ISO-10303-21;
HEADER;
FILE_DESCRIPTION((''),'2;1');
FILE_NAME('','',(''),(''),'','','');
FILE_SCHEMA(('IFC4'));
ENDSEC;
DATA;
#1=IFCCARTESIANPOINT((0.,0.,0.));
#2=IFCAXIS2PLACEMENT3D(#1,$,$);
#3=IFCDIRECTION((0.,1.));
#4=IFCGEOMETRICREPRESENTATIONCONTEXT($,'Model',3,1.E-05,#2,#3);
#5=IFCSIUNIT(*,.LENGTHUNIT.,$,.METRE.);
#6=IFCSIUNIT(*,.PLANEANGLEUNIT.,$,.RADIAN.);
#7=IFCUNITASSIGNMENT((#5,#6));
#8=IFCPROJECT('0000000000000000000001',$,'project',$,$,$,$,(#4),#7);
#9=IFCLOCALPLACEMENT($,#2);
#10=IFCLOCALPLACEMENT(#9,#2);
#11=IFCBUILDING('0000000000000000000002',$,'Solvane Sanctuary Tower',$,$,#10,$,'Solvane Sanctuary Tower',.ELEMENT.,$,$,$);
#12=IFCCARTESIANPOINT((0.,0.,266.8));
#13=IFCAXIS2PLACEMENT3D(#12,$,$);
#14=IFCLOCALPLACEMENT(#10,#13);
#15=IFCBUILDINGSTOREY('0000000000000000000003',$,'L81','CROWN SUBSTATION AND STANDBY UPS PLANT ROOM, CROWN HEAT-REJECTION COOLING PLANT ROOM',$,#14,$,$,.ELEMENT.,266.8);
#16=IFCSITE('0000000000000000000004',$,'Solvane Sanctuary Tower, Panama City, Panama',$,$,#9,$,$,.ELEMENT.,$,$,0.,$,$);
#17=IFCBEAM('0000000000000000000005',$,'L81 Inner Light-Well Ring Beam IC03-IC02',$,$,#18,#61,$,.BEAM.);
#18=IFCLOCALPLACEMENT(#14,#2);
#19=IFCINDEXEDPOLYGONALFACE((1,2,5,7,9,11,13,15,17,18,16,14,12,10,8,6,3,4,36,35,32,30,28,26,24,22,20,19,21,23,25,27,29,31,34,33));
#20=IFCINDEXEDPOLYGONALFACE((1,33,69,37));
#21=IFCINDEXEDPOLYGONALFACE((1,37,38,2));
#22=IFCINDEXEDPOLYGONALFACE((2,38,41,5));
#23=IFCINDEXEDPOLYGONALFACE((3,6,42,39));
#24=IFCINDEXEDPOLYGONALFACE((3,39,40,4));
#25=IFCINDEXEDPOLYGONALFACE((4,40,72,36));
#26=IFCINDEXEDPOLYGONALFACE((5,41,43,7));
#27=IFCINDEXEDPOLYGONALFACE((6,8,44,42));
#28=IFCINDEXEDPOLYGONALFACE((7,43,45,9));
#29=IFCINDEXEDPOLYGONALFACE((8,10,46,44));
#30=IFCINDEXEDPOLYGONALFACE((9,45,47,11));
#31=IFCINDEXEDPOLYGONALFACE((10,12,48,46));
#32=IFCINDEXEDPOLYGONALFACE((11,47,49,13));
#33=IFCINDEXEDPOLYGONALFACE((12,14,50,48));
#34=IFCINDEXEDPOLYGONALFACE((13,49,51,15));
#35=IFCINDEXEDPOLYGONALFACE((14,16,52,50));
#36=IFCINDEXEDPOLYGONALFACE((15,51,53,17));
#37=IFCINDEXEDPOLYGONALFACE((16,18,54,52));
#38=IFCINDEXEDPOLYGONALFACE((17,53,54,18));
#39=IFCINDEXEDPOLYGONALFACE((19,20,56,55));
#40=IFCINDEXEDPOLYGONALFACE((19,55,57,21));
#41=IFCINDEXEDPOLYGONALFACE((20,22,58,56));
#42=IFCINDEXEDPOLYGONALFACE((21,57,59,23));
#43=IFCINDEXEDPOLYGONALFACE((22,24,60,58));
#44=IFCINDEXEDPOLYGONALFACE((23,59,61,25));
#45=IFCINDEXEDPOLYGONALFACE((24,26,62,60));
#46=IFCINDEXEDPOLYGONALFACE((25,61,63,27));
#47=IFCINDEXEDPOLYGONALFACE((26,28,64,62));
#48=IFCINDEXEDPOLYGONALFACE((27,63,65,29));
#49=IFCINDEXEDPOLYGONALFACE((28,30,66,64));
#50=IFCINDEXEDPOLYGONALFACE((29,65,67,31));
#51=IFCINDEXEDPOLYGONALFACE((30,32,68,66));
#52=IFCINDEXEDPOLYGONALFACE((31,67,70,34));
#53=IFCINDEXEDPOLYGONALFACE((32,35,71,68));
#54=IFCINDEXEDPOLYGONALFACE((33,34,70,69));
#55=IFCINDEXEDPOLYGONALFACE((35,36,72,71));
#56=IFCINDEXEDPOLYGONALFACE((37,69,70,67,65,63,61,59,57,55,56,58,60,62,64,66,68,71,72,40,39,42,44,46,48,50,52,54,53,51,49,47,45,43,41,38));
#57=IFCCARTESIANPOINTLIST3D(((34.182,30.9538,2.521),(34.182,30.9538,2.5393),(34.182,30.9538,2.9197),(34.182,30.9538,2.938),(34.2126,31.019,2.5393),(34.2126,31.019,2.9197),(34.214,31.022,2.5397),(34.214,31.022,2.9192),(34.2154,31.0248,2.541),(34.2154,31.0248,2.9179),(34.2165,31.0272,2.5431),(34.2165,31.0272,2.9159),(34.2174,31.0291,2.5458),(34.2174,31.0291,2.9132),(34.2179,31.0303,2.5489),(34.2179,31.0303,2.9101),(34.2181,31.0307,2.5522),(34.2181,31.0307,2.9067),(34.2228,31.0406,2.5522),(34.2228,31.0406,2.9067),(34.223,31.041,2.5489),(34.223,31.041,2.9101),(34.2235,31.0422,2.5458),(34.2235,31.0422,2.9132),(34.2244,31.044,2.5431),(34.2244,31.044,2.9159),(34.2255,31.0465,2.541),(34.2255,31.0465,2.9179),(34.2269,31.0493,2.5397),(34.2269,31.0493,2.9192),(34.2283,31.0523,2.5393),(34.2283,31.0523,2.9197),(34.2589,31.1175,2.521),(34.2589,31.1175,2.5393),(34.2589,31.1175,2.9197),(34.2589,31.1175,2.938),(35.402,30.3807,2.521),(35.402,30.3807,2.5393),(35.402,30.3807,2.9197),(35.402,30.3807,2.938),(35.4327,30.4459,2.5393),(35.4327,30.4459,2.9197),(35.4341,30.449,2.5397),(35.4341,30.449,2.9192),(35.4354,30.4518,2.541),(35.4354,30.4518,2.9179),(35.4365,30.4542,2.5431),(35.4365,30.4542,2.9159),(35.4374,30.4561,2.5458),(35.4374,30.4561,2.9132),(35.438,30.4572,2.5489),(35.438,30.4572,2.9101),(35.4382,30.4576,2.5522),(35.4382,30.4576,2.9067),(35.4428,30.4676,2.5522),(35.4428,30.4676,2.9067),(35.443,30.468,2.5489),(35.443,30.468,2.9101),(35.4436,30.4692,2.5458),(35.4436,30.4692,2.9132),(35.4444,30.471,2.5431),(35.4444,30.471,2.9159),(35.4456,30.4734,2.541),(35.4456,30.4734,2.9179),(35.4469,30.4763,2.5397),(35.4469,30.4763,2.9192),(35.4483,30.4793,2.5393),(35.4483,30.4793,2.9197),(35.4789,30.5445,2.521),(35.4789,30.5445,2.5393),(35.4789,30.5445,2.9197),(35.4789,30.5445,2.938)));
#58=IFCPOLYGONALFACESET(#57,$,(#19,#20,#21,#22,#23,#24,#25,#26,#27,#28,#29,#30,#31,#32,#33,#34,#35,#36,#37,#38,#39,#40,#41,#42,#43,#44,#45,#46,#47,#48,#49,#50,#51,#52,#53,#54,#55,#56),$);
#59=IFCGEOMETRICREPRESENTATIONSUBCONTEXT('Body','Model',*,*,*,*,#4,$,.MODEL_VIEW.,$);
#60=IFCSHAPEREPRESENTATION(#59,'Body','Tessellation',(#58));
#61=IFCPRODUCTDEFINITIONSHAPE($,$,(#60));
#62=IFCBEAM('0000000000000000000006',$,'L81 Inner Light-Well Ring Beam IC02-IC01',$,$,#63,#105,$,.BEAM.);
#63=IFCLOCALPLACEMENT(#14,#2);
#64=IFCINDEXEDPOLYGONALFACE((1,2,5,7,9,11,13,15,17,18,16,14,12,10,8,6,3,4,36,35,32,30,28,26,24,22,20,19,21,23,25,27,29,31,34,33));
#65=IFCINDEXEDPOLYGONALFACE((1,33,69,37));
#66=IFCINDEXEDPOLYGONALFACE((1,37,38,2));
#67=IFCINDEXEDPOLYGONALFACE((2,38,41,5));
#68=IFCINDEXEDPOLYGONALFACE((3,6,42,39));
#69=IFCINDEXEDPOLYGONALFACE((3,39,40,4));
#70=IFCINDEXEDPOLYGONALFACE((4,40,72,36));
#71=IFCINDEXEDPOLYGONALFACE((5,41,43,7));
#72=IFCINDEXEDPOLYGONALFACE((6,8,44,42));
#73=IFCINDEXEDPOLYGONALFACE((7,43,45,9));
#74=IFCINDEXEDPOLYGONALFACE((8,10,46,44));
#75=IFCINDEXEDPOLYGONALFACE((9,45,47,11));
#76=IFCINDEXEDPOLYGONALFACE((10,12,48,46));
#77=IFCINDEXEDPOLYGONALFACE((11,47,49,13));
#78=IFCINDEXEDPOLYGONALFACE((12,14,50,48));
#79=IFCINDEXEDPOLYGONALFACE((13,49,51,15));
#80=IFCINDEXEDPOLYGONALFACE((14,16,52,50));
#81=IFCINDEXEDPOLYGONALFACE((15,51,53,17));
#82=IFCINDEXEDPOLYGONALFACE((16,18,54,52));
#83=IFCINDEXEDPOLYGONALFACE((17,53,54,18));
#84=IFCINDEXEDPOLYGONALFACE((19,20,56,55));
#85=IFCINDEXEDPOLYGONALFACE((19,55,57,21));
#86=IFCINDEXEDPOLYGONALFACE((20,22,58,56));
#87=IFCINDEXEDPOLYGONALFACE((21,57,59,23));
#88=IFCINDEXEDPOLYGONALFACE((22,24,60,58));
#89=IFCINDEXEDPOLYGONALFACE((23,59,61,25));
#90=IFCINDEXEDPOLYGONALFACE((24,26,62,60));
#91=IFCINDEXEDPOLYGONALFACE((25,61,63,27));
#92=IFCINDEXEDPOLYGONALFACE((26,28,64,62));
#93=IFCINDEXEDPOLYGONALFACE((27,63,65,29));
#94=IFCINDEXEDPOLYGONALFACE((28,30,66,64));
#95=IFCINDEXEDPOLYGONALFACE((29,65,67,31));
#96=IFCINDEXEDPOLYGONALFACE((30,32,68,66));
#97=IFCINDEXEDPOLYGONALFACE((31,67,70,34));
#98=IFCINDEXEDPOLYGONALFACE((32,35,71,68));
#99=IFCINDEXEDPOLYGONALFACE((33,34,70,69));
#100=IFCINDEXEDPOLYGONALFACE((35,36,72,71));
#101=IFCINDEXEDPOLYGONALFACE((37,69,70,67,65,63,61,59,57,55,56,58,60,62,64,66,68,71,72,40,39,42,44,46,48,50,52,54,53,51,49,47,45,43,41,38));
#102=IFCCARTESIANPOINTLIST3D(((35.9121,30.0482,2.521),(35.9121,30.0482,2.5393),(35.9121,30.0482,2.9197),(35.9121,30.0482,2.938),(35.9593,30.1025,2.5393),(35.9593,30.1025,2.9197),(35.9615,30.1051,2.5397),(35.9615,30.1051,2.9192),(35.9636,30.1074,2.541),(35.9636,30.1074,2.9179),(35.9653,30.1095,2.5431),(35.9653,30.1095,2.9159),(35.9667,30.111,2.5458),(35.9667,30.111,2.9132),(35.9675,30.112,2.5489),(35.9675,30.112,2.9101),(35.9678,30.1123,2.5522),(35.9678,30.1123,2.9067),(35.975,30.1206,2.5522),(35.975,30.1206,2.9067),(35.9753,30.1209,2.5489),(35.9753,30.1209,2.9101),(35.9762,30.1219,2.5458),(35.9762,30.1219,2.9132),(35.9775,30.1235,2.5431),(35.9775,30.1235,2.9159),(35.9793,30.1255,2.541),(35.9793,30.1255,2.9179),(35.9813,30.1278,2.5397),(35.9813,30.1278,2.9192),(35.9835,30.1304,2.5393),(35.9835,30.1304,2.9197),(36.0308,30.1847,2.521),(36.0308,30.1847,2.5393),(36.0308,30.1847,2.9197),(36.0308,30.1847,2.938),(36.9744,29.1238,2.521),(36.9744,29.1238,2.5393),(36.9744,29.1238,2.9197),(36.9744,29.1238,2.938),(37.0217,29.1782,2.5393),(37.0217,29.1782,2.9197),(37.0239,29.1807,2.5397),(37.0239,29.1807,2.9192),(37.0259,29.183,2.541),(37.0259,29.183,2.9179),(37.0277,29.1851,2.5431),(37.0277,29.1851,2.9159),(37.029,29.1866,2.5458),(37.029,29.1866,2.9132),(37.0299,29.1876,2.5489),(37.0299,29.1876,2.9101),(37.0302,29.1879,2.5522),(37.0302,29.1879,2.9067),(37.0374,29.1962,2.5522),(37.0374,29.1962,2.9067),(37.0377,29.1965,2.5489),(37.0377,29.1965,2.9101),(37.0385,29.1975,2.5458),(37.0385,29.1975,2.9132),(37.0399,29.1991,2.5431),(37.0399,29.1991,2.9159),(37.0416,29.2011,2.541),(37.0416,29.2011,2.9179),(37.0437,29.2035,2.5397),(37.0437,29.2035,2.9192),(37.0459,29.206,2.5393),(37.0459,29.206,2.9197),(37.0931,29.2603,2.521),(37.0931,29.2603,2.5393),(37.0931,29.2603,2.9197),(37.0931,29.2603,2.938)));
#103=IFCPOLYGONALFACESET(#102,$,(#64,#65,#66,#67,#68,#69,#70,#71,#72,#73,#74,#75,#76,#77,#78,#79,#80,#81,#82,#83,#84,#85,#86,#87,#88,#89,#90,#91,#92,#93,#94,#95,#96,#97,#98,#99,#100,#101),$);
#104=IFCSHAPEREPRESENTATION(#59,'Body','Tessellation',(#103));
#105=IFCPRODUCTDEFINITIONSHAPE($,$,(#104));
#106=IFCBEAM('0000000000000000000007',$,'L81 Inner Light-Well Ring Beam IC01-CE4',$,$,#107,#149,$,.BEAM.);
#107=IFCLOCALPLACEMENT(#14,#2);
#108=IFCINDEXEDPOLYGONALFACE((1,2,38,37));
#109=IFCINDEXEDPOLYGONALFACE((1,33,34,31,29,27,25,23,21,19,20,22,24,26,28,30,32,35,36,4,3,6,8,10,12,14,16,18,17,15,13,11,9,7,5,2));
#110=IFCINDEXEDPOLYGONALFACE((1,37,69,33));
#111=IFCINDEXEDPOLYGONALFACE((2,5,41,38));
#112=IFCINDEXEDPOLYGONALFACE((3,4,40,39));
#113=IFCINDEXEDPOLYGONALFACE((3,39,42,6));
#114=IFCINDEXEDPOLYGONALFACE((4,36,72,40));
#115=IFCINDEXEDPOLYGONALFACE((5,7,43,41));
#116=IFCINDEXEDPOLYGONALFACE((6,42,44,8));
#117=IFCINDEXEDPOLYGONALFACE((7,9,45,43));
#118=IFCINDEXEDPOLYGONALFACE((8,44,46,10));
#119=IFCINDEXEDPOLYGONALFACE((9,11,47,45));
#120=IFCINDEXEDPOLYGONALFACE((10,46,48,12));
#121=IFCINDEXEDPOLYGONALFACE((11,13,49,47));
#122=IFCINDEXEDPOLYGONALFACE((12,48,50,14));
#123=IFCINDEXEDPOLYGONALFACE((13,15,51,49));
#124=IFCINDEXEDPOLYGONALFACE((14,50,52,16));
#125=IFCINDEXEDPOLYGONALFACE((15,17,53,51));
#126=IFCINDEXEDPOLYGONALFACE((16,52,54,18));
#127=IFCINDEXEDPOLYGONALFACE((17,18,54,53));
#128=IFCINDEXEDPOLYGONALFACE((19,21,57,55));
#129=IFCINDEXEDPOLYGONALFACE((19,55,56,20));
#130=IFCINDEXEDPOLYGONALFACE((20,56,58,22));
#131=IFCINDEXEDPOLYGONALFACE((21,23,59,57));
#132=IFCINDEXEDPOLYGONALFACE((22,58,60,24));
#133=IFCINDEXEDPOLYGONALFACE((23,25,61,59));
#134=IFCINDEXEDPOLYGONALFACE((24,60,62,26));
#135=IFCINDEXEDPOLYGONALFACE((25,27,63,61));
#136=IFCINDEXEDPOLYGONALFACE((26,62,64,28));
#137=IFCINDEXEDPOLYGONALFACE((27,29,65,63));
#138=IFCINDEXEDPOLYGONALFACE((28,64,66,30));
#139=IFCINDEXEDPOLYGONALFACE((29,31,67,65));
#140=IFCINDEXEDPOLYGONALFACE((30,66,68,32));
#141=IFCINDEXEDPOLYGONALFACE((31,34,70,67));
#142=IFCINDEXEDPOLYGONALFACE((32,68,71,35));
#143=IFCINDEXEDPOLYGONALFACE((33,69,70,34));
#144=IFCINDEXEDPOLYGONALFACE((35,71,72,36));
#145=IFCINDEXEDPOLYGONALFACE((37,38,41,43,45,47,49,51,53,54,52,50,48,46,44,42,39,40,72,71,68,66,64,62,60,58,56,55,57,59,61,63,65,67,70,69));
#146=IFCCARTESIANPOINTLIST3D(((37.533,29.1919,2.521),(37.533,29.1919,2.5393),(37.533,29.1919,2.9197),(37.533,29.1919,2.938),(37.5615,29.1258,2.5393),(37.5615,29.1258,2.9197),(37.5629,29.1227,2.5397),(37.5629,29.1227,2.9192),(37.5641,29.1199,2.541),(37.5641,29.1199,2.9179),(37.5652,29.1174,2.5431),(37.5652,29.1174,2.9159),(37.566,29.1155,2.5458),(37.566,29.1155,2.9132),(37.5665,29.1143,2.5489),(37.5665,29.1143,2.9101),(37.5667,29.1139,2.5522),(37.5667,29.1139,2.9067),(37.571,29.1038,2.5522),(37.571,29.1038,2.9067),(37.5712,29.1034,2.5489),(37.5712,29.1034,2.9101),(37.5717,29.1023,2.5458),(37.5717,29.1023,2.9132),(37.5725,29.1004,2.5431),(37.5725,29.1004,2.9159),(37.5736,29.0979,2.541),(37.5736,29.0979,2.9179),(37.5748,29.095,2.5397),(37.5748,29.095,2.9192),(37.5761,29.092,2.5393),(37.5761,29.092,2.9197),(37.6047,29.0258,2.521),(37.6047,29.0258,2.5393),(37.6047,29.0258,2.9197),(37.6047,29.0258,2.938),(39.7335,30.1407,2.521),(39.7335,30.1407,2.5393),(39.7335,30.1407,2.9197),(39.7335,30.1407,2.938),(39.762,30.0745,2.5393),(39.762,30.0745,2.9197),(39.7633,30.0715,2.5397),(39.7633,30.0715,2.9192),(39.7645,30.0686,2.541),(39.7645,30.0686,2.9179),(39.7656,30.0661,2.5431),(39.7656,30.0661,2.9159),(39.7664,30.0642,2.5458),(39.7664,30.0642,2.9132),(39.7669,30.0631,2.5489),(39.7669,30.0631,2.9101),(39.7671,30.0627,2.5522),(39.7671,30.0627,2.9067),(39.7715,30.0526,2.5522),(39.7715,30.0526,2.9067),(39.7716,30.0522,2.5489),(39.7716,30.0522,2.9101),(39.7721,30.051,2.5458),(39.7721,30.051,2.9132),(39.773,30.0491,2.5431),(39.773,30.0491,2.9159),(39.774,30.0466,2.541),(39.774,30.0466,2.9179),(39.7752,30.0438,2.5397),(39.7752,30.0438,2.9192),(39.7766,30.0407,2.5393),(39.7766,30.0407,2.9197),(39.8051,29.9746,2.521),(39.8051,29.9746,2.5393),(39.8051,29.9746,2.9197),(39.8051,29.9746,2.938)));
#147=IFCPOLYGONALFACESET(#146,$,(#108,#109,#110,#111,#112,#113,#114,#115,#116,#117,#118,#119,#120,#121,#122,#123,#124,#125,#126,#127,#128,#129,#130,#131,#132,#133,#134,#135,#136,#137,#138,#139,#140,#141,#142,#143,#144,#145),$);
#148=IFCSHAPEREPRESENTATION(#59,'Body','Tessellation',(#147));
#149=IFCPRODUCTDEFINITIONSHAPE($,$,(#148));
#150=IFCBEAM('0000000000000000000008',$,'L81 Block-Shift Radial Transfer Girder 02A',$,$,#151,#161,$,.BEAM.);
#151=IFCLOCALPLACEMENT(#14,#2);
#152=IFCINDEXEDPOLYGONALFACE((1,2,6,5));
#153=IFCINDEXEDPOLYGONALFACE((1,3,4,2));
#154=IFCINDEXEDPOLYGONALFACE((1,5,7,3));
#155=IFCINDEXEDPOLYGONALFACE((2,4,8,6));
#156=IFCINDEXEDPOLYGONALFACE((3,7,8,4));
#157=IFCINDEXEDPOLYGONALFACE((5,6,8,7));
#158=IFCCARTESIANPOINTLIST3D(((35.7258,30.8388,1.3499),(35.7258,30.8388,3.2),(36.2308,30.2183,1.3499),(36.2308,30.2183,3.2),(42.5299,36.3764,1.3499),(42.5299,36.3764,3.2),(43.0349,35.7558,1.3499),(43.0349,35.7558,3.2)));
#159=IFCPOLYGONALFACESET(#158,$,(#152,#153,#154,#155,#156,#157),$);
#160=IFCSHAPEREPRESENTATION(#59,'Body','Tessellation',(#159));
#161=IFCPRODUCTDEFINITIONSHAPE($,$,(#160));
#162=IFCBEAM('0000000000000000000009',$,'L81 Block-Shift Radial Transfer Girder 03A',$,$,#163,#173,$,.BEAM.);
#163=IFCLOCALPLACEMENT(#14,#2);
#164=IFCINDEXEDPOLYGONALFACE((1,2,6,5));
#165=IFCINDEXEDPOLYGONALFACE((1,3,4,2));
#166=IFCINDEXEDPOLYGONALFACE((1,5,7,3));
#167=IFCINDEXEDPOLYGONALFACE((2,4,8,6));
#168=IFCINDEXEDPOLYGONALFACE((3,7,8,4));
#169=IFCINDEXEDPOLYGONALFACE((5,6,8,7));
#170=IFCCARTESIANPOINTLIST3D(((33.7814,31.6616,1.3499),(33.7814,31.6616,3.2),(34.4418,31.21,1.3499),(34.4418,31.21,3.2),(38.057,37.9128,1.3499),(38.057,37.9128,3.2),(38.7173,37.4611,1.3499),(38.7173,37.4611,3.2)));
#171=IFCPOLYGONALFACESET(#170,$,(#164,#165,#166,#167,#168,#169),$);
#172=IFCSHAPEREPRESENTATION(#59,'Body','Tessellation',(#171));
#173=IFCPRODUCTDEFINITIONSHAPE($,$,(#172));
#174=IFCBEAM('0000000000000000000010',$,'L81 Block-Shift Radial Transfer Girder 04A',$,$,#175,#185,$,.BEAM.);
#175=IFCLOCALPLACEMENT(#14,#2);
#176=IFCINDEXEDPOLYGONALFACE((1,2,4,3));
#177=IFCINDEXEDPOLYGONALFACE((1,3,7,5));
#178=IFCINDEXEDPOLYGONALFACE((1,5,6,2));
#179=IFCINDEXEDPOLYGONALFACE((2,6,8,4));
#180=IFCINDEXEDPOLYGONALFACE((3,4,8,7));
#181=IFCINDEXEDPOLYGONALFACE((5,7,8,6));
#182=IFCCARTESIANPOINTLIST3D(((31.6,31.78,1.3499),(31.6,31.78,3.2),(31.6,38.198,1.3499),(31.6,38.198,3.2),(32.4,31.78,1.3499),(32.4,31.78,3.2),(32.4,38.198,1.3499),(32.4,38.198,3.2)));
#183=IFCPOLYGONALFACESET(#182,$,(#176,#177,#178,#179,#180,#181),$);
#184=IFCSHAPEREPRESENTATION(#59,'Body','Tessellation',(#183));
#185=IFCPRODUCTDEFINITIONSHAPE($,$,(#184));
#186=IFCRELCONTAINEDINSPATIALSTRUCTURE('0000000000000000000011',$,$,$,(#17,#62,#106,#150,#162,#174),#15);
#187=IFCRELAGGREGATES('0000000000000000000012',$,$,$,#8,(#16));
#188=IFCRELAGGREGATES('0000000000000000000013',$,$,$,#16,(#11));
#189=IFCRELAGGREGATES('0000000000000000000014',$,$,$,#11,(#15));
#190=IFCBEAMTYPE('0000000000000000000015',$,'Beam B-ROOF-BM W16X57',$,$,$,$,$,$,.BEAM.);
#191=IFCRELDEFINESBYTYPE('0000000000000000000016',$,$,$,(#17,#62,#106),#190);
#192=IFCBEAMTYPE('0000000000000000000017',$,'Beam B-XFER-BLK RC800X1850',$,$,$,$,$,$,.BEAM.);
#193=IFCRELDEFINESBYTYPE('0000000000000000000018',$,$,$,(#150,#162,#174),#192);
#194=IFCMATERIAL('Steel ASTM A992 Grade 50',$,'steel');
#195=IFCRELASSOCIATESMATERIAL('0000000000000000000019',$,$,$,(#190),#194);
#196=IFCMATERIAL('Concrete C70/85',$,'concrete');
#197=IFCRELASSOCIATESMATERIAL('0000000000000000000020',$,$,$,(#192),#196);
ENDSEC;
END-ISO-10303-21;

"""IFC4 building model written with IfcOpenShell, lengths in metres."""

from ifc_helpers import new_model, si_unit, direction, frame, origin, origin_2d, place, context, subcontext, project, spatial, rectangle, i_section, extrude, material, material_profile, profile_set, type_object, element, save


model = new_model("IFC4")

# Units and contexts
model_context = context("Model", 3, precision=1e-05, world=origin(), true_north=direction((0.0, 1.0)))
body_context = subcontext(model_context, "Body", "Model", "MODEL_VIEW")
ifc_project = project(units=[si_unit("LENGTHUNIT", "METRE"), si_unit("PLANEANGLEUNIT", "RADIAN")], contexts=[model_context])

# Site, building, storey
site_placement = place(None, origin())
site = spatial("IfcSite", under=ifc_project, at=site_placement, Name="Solvane Sanctuary Tower, Panama City, Panama", CompositionType="ELEMENT", RefElevation=0.0)
building_placement = place(site_placement, origin())
building = spatial("IfcBuilding", under=site, at=building_placement, Name="Solvane Sanctuary Tower", LongName="Solvane Sanctuary Tower", CompositionType="ELEMENT")
storey_placement = place(building_placement, frame((0.0, 0.0, 266.8)))
storey = spatial("IfcBuildingStorey", under=building, at=storey_placement, Name="L81", Description="CROWN SUBSTATION AND STANDBY UPS PLANT ROOM, CROWN HEAT-REJECTION COOLING PLANT ROOM", CompositionType="ELEMENT", Elevation=266.8)

# Beams
ifc_material_1 = material(Name="Steel ASTM A992 Grade 50", Category="steel")
ifc_material_profile_1 = material_profile(ifc_material_1, i_section(OverallWidth=0.1809, OverallDepth=0.417, WebThickness=0.011, FlangeThickness=0.0183, FilletRadius=0.0129, at=origin_2d()), Name="W16X57")
ifc_profile_set_1 = profile_set([ifc_material_profile_1], Name="Steel ASTM A992 Grade 50")
beam_type_1 = type_object("IfcBeamType", Name="Beam B-ROOF-BM W16X57", PredefinedType="BEAM", material=ifc_profile_set_1)
beam_1_placement = place(storey_placement, frame((34.2205, 31.0356, 2.7295), z_axis=(0.905135, -0.425125, 0.0), x_axis=(0.425125, 0.905135, 0.0)))
element("IfcBeam", 1, at=beam_1_placement, inside=storey, type_object=beam_type_1, Name="L81 Inner Light-Well Ring Beam IC03-IC02", PredefinedType="BEAM", context=body_context, shape_type="SweptSolid", body=[
    extrude(i_section(OverallWidth=0.1809, OverallDepth=0.417, WebThickness=0.011, FlangeThickness=0.0183, FilletRadius=0.0129, at=origin_2d()), origin(), (0.0, 0.0, 1.0), 1.3479),
])
beam_2_placement = place(storey_placement, frame((35.9714, 30.1165, 2.7295), z_axis=(0.754389, -0.656428, 0.0), x_axis=(0.656428, 0.754389, 0.0)))
element("IfcBeam", 2, at=beam_2_placement, inside=storey, type_object=beam_type_1, Name="L81 Inner Light-Well Ring Beam IC02-IC01", PredefinedType="BEAM", context=body_context, shape_type="SweptSolid", body=[
    extrude(i_section(OverallWidth=0.1809, OverallDepth=0.417, WebThickness=0.011, FlangeThickness=0.0183, FilletRadius=0.0129, at=origin_2d()), origin(), (0.0, 0.0, 1.0), 1.4082),
])
beam_3_placement = place(storey_placement, frame((37.5688, 29.1089, 2.7295), z_axis=(0.918284, 0.395923, 0.0), x_axis=(-0.395923, 0.918284, 0.0)))
element("IfcBeam", 3, at=beam_3_placement, inside=storey, type_object=beam_type_1, Name="L81 Inner Light-Well Ring Beam IC01-CE4", PredefinedType="BEAM", context=body_context, shape_type="SweptSolid", body=[
    extrude(i_section(OverallWidth=0.1809, OverallDepth=0.417, WebThickness=0.011, FlangeThickness=0.0183, FilletRadius=0.0129, at=origin_2d()), origin(), (0.0, 0.0, 1.0), 2.3962),
])
ifc_material_2 = material(Name="Concrete C70/85", Category="concrete")
ifc_material_profile_2 = material_profile(ifc_material_2, rectangle(XDim=0.8, YDim=1.8501, at=origin_2d()), Name="RC800X1850")
ifc_profile_set_2 = profile_set([ifc_material_profile_2], Name="Concrete C70/85")
beam_type_2 = type_object("IfcBeamType", Name="Beam B-XFER-BLK RC800X1850", PredefinedType="BEAM", material=ifc_profile_set_2)
beam_4_placement = place(storey_placement, frame((35.9783, 30.5286, 2.2749), z_axis=(0.775601, 0.631223, 0.0), x_axis=(-0.631223, 0.775601, 0.0)))
element("IfcBeam", 4, at=beam_4_placement, inside=storey, type_object=beam_type_2, Name="L81 Block-Shift Radial Transfer Girder 02A", PredefinedType="BEAM", context=body_context, shape_type="SweptSolid", body=[
    extrude(rectangle(XDim=0.8, YDim=1.8501, at=origin_2d()), origin(), (0.0, 0.0, 1.0), 8.7727),
])
beam_5_placement = place(storey_placement, frame((34.1116, 31.4358, 2.2749), z_axis=(0.564548, 0.825401, 0.0), x_axis=(-0.825401, 0.564548, 0.0)))
element("IfcBeam", 5, at=beam_5_placement, inside=storey, type_object=beam_type_2, Name="L81 Block-Shift Radial Transfer Girder 03A", PredefinedType="BEAM", context=body_context, shape_type="SweptSolid", body=[
    extrude(rectangle(XDim=0.8, YDim=1.8501, at=origin_2d()), origin(), (0.0, 0.0, 1.0), 7.5735),
])
beam_6_placement = place(storey_placement, frame((32.0, 31.78, 2.2749), z_axis=(0.0, 1.0, 0.0), x_axis=(-1.0, 0.0, 0.0)))
element("IfcBeam", 6, at=beam_6_placement, inside=storey, type_object=beam_type_2, Name="L81 Block-Shift Radial Transfer Girder 04A", PredefinedType="BEAM", context=body_context, shape_type="SweptSolid", body=[
    extrude(rectangle(XDim=0.8, YDim=1.8501, at=origin_2d()), origin(), (0.0, 0.0, 1.0), 6.418),
])

save(model, "model.ifc")
